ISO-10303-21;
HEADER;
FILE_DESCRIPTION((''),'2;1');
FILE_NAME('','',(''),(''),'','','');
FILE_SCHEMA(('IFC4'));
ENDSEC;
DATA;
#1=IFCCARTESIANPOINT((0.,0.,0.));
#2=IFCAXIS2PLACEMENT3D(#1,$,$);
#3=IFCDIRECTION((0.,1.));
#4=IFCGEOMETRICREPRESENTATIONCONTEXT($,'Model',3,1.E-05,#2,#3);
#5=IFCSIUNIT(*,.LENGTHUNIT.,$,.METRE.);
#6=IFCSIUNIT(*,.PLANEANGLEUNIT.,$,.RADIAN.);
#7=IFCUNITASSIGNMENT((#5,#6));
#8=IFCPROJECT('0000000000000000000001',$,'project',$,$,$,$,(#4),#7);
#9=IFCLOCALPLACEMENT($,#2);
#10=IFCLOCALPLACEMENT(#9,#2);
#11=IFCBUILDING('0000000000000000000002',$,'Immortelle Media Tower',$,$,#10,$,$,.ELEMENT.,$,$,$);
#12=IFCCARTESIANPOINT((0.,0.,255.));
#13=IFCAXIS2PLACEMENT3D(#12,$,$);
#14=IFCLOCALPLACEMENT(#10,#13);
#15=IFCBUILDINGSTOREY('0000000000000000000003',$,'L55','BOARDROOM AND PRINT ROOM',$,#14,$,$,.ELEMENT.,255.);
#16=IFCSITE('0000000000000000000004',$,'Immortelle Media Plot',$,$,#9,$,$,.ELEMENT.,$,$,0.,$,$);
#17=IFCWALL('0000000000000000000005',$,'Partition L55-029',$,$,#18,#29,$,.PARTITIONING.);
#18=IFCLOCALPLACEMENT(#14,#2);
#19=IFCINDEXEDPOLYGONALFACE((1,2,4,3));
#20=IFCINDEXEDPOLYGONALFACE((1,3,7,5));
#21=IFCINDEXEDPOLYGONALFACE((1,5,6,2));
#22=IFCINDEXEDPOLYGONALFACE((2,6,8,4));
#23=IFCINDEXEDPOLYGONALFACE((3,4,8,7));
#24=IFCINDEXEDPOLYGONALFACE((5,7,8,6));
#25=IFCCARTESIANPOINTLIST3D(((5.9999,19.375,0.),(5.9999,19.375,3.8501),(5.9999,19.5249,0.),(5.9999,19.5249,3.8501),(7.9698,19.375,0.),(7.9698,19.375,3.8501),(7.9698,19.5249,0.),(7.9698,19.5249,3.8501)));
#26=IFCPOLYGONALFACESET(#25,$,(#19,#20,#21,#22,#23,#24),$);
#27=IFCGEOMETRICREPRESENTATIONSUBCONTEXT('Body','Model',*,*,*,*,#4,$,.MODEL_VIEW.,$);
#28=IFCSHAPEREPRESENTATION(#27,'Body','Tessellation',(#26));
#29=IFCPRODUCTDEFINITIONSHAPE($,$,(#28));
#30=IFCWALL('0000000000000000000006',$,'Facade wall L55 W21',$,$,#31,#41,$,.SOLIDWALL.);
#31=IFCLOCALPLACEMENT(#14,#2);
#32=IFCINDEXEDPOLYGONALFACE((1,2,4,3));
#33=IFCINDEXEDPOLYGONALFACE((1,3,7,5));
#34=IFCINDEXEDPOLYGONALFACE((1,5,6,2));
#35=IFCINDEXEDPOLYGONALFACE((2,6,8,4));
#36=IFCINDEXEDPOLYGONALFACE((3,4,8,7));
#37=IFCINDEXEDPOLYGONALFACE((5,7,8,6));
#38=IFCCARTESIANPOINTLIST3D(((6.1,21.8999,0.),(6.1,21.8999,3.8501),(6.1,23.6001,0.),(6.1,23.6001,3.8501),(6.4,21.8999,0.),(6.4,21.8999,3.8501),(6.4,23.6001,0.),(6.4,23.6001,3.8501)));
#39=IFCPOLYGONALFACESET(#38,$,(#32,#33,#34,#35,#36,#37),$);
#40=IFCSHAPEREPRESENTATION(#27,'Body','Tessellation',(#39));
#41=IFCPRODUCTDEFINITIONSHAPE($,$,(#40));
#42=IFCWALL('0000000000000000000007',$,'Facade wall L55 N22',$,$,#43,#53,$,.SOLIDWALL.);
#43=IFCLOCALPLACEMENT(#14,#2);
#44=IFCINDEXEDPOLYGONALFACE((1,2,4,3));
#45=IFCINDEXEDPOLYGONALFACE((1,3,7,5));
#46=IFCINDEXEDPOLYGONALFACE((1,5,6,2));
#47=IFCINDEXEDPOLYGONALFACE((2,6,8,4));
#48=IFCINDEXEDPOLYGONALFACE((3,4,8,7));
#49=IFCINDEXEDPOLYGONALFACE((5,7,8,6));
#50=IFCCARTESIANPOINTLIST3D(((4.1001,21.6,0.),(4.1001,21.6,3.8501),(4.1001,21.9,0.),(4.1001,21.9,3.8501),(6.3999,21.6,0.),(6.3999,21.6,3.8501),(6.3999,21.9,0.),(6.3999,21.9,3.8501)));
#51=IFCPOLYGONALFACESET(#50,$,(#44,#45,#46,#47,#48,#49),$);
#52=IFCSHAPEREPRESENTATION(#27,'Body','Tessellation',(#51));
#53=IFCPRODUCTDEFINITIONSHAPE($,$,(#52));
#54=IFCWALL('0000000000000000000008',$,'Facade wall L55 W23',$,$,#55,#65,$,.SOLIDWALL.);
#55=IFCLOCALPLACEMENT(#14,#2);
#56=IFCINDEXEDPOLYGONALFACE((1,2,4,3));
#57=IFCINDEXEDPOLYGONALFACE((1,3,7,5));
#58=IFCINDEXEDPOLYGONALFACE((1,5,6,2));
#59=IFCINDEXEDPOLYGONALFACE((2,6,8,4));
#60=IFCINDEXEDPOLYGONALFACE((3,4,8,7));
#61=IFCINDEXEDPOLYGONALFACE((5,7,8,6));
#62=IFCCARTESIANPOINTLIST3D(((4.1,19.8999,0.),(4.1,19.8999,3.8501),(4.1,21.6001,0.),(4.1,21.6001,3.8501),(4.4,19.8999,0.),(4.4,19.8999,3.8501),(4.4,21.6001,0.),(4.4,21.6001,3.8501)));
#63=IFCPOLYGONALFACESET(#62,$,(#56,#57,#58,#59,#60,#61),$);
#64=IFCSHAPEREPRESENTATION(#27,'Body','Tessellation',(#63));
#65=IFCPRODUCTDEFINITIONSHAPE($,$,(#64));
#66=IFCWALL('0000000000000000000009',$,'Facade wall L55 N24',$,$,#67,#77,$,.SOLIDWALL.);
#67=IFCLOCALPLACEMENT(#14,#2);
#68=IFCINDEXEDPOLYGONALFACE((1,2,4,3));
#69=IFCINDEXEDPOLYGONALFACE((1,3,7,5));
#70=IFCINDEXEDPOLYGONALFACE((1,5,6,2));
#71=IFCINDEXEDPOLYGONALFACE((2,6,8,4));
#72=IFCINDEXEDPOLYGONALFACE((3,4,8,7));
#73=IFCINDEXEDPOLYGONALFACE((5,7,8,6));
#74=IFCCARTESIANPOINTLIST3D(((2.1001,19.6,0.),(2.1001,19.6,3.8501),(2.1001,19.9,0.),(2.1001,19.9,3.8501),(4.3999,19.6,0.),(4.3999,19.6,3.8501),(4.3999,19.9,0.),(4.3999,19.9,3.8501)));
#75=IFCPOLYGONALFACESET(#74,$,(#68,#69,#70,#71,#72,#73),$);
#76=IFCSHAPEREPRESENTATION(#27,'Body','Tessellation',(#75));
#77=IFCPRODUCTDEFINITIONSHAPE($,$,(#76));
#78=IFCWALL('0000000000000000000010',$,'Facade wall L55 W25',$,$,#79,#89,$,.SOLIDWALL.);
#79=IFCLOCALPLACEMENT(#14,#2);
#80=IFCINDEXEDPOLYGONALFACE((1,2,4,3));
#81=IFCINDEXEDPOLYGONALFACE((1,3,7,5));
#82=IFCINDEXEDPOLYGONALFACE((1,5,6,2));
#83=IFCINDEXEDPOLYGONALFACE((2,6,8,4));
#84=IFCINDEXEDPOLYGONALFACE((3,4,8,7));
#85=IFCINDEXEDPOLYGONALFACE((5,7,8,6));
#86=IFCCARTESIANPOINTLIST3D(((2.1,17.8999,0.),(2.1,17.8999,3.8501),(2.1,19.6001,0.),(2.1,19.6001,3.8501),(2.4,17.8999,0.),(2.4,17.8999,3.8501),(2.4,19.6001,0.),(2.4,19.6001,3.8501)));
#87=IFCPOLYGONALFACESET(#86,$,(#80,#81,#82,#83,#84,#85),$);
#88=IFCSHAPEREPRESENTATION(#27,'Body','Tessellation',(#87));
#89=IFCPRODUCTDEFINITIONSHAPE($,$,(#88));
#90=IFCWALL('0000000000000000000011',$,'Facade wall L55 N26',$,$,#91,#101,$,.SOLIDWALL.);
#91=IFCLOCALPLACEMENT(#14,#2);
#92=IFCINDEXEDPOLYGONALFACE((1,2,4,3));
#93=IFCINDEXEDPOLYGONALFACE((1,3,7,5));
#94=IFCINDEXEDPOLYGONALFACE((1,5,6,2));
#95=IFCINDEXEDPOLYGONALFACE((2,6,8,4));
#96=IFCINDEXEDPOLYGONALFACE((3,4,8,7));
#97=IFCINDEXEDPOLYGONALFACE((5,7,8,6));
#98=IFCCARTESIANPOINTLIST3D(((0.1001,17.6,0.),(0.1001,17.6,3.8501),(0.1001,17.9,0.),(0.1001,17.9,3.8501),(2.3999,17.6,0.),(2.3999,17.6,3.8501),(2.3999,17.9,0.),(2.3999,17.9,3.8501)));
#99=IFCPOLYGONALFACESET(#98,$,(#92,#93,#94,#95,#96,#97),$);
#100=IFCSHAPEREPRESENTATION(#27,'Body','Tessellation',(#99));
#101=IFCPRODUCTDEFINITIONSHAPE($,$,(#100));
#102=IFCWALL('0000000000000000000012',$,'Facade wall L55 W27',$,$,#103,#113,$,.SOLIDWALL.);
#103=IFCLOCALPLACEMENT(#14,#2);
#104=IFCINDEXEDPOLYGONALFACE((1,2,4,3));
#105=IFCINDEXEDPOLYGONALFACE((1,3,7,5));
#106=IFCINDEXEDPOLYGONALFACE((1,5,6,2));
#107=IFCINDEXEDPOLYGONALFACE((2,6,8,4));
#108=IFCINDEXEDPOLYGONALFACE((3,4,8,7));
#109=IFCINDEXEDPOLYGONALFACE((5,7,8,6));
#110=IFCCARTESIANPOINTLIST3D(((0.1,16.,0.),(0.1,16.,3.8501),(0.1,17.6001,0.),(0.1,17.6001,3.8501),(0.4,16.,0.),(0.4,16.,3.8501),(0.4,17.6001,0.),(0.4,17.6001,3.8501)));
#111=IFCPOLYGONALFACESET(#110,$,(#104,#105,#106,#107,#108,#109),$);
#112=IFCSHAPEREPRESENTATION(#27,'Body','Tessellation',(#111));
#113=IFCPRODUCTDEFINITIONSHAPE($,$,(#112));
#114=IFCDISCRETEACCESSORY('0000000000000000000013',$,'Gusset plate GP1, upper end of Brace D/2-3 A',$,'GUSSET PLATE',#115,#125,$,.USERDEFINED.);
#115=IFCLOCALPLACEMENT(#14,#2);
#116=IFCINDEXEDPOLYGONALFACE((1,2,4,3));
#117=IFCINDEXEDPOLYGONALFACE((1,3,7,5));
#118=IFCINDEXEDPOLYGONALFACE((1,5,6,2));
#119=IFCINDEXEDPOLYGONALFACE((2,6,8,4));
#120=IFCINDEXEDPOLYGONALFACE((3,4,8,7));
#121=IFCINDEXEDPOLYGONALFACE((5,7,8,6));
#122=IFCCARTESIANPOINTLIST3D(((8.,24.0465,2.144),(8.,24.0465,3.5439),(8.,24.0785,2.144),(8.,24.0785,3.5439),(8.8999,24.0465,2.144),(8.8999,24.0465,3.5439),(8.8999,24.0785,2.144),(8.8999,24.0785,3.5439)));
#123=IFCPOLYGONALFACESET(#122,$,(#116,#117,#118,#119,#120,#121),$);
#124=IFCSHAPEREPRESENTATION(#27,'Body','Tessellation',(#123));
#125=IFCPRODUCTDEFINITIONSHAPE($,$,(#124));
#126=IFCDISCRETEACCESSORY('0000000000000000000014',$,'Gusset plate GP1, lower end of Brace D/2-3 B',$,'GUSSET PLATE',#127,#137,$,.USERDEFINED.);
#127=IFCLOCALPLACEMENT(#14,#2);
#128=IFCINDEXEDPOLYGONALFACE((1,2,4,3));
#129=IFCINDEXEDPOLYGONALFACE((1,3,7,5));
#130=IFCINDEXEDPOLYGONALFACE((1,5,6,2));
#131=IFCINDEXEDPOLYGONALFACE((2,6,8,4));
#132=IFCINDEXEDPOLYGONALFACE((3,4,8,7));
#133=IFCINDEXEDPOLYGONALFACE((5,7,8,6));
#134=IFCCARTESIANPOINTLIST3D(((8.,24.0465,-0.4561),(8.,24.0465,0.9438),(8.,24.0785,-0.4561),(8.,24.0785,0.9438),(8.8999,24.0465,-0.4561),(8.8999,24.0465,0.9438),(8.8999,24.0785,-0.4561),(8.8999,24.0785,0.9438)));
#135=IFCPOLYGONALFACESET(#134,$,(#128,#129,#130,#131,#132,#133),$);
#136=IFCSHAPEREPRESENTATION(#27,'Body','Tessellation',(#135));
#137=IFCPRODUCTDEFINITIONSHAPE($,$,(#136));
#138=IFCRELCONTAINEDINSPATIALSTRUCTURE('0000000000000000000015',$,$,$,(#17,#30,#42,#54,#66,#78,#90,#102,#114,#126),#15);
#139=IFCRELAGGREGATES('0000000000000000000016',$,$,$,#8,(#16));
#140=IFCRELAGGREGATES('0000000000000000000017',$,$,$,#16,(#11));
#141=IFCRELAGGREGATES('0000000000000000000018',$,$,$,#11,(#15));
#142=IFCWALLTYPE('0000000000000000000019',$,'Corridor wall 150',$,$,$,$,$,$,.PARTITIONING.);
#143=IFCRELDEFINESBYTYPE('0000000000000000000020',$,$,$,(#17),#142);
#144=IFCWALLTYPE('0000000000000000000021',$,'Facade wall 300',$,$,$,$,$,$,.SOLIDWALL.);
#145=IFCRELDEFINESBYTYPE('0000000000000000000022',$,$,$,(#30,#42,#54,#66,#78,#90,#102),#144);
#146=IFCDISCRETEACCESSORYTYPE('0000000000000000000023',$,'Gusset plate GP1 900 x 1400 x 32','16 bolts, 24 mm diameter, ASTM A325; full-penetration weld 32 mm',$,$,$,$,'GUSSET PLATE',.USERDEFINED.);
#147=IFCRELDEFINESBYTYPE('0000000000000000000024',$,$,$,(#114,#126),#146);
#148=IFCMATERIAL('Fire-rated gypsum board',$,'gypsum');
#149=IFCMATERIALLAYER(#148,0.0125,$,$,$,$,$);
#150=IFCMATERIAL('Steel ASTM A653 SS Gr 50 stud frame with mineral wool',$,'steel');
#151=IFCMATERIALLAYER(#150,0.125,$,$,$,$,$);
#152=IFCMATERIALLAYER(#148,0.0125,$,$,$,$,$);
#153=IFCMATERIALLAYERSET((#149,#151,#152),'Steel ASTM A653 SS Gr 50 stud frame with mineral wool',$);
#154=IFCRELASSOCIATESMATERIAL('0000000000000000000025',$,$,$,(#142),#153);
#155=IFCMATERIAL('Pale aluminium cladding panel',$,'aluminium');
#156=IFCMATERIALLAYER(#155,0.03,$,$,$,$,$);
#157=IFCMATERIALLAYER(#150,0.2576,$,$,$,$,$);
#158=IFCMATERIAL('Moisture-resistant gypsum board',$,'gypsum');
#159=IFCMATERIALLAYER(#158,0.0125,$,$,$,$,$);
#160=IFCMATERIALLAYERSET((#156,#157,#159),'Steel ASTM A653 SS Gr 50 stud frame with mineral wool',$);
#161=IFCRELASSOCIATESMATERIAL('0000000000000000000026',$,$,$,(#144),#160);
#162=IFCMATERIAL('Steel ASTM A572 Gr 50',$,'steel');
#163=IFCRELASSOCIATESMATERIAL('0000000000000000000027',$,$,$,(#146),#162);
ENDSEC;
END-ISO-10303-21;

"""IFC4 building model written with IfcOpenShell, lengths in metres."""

from ifc_helpers import new_model, si_unit, direction, frame, frame_2d, origin, origin_2d, place, context, subcontext, project, spatial, rectangle, extrude, material, layer, layer_set, material_profile, profile_set, type_object, element, save


model = new_model("IFC4")

# Units and contexts
model_context = context("Model", 3, precision=1e-05, world=origin(), true_north=direction((0.0, 1.0)))
body_context = subcontext(model_context, "Body", "Model", "MODEL_VIEW")
ifc_project = project(units=[si_unit("LENGTHUNIT", "METRE"), si_unit("PLANEANGLEUNIT", "RADIAN")], contexts=[model_context])

# Site, building, storey
site_placement = place(None, origin())
site = spatial("IfcSite", under=ifc_project, at=site_placement, Name="Immortelle Media Plot", CompositionType="ELEMENT", RefElevation=0.0)
building_placement = place(site_placement, origin())
building = spatial("IfcBuilding", under=site, at=building_placement, Name="Immortelle Media Tower", CompositionType="ELEMENT")
storey_placement = place(building_placement, frame((0.0, 0.0, 255.0)))
storey = spatial("IfcBuildingStorey", under=building, at=storey_placement, Name="L55", Description="BOARDROOM AND PRINT ROOM", CompositionType="ELEMENT", Elevation=255.0)

# Walls
ifc_material_1 = material(Name="Fire-rated gypsum board", Category="gypsum")
ifc_layer_1 = layer(ifc_material_1, 0.0125)
ifc_material_2 = material(Name="Steel ASTM A653 SS Gr 50 stud frame with mineral wool", Category="steel")
ifc_layer_2 = layer(ifc_material_2, 0.125)
ifc_layer_3 = layer(ifc_material_1, 0.0125)
ifc_layer_set_1 = layer_set([ifc_layer_1, ifc_layer_2, ifc_layer_3], Name="Steel ASTM A653 SS Gr 50 stud frame with mineral wool")
wall_type_1 = type_object("IfcWallType", Name="Corridor wall 150", PredefinedType="PARTITIONING", material=ifc_layer_set_1)
wall_1_placement = place(storey_placement, frame((6.0, 19.45, 0.0), z_axis=(0.0, 0.0, 1.0), x_axis=(1.0, 0.0, 0.0)))
element("IfcWall", 1, at=wall_1_placement, inside=storey, type_object=wall_type_1, Name="Partition L55-029", PredefinedType="PARTITIONING", context=body_context, shape_type="SweptSolid", body=[
    extrude(rectangle(XDim=1.97, YDim=0.1499, at=frame_2d((0.9849, 0.0))), origin(), (0.0, 0.0, 1.0), 3.8501),
])
ifc_material_3 = material(Name="Pale aluminium cladding panel", Category="aluminium")
ifc_layer_4 = layer(ifc_material_3, 0.03)
ifc_layer_5 = layer(ifc_material_2, 0.2576)
ifc_material_4 = material(Name="Moisture-resistant gypsum board", Category="gypsum")
ifc_layer_6 = layer(ifc_material_4, 0.0125)
ifc_layer_set_2 = layer_set([ifc_layer_4, ifc_layer_5, ifc_layer_6], Name="Steel ASTM A653 SS Gr 50 stud frame with mineral wool")
wall_type_2 = type_object("IfcWallType", Name="Facade wall 300", PredefinedType="SOLIDWALL", material=ifc_layer_set_2)
wall_2_placement = place(storey_placement, frame((6.25, 23.6001, 0.0), z_axis=(0.0, 0.0, 1.0), x_axis=(0.0, -1.0, 0.0)))
element("IfcWall", 2, at=wall_2_placement, inside=storey, type_object=wall_type_2, Name="Facade wall L55 W21", PredefinedType="SOLIDWALL", context=body_context, shape_type="SweptSolid", body=[
    extrude(rectangle(XDim=1.7002, YDim=0.3, at=frame_2d((0.8501, 0.0))), origin(), (0.0, 0.0, 1.0), 3.8501),
])
wall_3_placement = place(storey_placement, frame((6.3999, 21.75, 0.0), z_axis=(0.0, 0.0, 1.0), x_axis=(-1.0, 0.0, 0.0)))
element("IfcWall", 3, at=wall_3_placement, inside=storey, type_object=wall_type_2, Name="Facade wall L55 N22", PredefinedType="SOLIDWALL", context=body_context, shape_type="SweptSolid", body=[
    extrude(rectangle(XDim=2.2998, YDim=0.3, at=frame_2d((1.1499, 0.0))), origin(), (0.0, 0.0, 1.0), 3.8501),
])
wall_4_placement = place(storey_placement, frame((4.25, 21.6001, 0.0), z_axis=(0.0, 0.0, 1.0), x_axis=(0.0, -1.0, 0.0)))
element("IfcWall", 4, at=wall_4_placement, inside=storey, type_object=wall_type_2, Name="Facade wall L55 W23", PredefinedType="SOLIDWALL", context=body_context, shape_type="SweptSolid", body=[
    extrude(rectangle(XDim=1.7002, YDim=0.3, at=frame_2d((0.8501, 0.0))), origin(), (0.0, 0.0, 1.0), 3.8501),
])
wall_5_placement = place(storey_placement, frame((4.3999, 19.75, 0.0), z_axis=(0.0, 0.0, 1.0), x_axis=(-1.0, 0.0, 0.0)))
element("IfcWall", 5, at=wall_5_placement, inside=storey, type_object=wall_type_2, Name="Facade wall L55 N24", PredefinedType="SOLIDWALL", context=body_context, shape_type="SweptSolid", body=[
    extrude(rectangle(XDim=2.2998, YDim=0.3, at=frame_2d((1.1499, 0.0))), origin(), (0.0, 0.0, 1.0), 3.8501),
])
wall_6_placement = place(storey_placement, frame((2.25, 19.6001, 0.0), z_axis=(0.0, 0.0, 1.0), x_axis=(0.0, -1.0, 0.0)))
element("IfcWall", 6, at=wall_6_placement, inside=storey, type_object=wall_type_2, Name="Facade wall L55 W25", PredefinedType="SOLIDWALL", context=body_context, shape_type="SweptSolid", body=[
    extrude(rectangle(XDim=1.7002, YDim=0.3, at=frame_2d((0.8501, 0.0))), origin(), (0.0, 0.0, 1.0), 3.8501),
])
wall_7_placement = place(storey_placement, frame((2.3999, 17.75, 0.0), z_axis=(0.0, 0.0, 1.0), x_axis=(-1.0, 0.0, 0.0)))
element("IfcWall", 7, at=wall_7_placement, inside=storey, type_object=wall_type_2, Name="Facade wall L55 N26", PredefinedType="SOLIDWALL", context=body_context, shape_type="SweptSolid", body=[
    extrude(rectangle(XDim=2.2998, YDim=0.3, at=frame_2d((1.1499, 0.0))), origin(), (0.0, 0.0, 1.0), 3.8501),
])
wall_8_placement = place(storey_placement, frame((0.25, 17.6001, 0.0), z_axis=(0.0, 0.0, 1.0), x_axis=(0.0, -1.0, 0.0)))
element("IfcWall", 8, at=wall_8_placement, inside=storey, type_object=wall_type_2, Name="Facade wall L55 W27", PredefinedType="SOLIDWALL", context=body_context, shape_type="SweptSolid", body=[
    extrude(rectangle(XDim=1.6001, YDim=0.3, at=frame_2d((0.8, 0.0))), origin(), (0.0, 0.0, 1.0), 3.8501),
])

# Discrete accessories
ifc_material_5 = material(Name="Steel ASTM A572 Gr 50", Category="steel")
ifc_material_profile_1 = material_profile(ifc_material_5, rectangle(XDim=0.032, YDim=1.3999, at=origin_2d()), Name="PL 32 x 1400")
ifc_profile_set_1 = profile_set([ifc_material_profile_1], Name="Steel ASTM A572 Gr 50")
discrete_accessory_type = type_object("IfcDiscreteAccessoryType", Name="Gusset plate GP1 900 x 1400 x 32", Description="16 bolts, 24 mm diameter, ASTM A325; full-penetration weld 32 mm", ElementType="GUSSET PLATE", PredefinedType="USERDEFINED", material=ifc_profile_set_1)
for number, where, z_axis, x_axis, name in (
    (9, (8.0, 24.0625, 2.844), (1.0, 0.0, 0.0), (0.0, 1.0, 0.0), "Gusset plate GP1, upper end of Brace D/2-3 A"),
    (10, (8.0, 24.0625, 0.2439), (1.0, 0.0, 0.0), (0.0, 1.0, 0.0), "Gusset plate GP1, lower end of Brace D/2-3 B"),
):
    element("IfcDiscreteAccessory", number, at=place(storey_placement, frame(where, z_axis=z_axis, x_axis=x_axis)), inside=storey, type_object=discrete_accessory_type, Name=name, ObjectType="GUSSET PLATE", PredefinedType="USERDEFINED", context=body_context, shape_type="SweptSolid", body=[
        extrude(rectangle(XDim=0.032, YDim=1.3999, at=origin_2d()), origin(), (0.0, 0.0, 1.0), 0.8999),
    ])

save(model, "model.ifc")
